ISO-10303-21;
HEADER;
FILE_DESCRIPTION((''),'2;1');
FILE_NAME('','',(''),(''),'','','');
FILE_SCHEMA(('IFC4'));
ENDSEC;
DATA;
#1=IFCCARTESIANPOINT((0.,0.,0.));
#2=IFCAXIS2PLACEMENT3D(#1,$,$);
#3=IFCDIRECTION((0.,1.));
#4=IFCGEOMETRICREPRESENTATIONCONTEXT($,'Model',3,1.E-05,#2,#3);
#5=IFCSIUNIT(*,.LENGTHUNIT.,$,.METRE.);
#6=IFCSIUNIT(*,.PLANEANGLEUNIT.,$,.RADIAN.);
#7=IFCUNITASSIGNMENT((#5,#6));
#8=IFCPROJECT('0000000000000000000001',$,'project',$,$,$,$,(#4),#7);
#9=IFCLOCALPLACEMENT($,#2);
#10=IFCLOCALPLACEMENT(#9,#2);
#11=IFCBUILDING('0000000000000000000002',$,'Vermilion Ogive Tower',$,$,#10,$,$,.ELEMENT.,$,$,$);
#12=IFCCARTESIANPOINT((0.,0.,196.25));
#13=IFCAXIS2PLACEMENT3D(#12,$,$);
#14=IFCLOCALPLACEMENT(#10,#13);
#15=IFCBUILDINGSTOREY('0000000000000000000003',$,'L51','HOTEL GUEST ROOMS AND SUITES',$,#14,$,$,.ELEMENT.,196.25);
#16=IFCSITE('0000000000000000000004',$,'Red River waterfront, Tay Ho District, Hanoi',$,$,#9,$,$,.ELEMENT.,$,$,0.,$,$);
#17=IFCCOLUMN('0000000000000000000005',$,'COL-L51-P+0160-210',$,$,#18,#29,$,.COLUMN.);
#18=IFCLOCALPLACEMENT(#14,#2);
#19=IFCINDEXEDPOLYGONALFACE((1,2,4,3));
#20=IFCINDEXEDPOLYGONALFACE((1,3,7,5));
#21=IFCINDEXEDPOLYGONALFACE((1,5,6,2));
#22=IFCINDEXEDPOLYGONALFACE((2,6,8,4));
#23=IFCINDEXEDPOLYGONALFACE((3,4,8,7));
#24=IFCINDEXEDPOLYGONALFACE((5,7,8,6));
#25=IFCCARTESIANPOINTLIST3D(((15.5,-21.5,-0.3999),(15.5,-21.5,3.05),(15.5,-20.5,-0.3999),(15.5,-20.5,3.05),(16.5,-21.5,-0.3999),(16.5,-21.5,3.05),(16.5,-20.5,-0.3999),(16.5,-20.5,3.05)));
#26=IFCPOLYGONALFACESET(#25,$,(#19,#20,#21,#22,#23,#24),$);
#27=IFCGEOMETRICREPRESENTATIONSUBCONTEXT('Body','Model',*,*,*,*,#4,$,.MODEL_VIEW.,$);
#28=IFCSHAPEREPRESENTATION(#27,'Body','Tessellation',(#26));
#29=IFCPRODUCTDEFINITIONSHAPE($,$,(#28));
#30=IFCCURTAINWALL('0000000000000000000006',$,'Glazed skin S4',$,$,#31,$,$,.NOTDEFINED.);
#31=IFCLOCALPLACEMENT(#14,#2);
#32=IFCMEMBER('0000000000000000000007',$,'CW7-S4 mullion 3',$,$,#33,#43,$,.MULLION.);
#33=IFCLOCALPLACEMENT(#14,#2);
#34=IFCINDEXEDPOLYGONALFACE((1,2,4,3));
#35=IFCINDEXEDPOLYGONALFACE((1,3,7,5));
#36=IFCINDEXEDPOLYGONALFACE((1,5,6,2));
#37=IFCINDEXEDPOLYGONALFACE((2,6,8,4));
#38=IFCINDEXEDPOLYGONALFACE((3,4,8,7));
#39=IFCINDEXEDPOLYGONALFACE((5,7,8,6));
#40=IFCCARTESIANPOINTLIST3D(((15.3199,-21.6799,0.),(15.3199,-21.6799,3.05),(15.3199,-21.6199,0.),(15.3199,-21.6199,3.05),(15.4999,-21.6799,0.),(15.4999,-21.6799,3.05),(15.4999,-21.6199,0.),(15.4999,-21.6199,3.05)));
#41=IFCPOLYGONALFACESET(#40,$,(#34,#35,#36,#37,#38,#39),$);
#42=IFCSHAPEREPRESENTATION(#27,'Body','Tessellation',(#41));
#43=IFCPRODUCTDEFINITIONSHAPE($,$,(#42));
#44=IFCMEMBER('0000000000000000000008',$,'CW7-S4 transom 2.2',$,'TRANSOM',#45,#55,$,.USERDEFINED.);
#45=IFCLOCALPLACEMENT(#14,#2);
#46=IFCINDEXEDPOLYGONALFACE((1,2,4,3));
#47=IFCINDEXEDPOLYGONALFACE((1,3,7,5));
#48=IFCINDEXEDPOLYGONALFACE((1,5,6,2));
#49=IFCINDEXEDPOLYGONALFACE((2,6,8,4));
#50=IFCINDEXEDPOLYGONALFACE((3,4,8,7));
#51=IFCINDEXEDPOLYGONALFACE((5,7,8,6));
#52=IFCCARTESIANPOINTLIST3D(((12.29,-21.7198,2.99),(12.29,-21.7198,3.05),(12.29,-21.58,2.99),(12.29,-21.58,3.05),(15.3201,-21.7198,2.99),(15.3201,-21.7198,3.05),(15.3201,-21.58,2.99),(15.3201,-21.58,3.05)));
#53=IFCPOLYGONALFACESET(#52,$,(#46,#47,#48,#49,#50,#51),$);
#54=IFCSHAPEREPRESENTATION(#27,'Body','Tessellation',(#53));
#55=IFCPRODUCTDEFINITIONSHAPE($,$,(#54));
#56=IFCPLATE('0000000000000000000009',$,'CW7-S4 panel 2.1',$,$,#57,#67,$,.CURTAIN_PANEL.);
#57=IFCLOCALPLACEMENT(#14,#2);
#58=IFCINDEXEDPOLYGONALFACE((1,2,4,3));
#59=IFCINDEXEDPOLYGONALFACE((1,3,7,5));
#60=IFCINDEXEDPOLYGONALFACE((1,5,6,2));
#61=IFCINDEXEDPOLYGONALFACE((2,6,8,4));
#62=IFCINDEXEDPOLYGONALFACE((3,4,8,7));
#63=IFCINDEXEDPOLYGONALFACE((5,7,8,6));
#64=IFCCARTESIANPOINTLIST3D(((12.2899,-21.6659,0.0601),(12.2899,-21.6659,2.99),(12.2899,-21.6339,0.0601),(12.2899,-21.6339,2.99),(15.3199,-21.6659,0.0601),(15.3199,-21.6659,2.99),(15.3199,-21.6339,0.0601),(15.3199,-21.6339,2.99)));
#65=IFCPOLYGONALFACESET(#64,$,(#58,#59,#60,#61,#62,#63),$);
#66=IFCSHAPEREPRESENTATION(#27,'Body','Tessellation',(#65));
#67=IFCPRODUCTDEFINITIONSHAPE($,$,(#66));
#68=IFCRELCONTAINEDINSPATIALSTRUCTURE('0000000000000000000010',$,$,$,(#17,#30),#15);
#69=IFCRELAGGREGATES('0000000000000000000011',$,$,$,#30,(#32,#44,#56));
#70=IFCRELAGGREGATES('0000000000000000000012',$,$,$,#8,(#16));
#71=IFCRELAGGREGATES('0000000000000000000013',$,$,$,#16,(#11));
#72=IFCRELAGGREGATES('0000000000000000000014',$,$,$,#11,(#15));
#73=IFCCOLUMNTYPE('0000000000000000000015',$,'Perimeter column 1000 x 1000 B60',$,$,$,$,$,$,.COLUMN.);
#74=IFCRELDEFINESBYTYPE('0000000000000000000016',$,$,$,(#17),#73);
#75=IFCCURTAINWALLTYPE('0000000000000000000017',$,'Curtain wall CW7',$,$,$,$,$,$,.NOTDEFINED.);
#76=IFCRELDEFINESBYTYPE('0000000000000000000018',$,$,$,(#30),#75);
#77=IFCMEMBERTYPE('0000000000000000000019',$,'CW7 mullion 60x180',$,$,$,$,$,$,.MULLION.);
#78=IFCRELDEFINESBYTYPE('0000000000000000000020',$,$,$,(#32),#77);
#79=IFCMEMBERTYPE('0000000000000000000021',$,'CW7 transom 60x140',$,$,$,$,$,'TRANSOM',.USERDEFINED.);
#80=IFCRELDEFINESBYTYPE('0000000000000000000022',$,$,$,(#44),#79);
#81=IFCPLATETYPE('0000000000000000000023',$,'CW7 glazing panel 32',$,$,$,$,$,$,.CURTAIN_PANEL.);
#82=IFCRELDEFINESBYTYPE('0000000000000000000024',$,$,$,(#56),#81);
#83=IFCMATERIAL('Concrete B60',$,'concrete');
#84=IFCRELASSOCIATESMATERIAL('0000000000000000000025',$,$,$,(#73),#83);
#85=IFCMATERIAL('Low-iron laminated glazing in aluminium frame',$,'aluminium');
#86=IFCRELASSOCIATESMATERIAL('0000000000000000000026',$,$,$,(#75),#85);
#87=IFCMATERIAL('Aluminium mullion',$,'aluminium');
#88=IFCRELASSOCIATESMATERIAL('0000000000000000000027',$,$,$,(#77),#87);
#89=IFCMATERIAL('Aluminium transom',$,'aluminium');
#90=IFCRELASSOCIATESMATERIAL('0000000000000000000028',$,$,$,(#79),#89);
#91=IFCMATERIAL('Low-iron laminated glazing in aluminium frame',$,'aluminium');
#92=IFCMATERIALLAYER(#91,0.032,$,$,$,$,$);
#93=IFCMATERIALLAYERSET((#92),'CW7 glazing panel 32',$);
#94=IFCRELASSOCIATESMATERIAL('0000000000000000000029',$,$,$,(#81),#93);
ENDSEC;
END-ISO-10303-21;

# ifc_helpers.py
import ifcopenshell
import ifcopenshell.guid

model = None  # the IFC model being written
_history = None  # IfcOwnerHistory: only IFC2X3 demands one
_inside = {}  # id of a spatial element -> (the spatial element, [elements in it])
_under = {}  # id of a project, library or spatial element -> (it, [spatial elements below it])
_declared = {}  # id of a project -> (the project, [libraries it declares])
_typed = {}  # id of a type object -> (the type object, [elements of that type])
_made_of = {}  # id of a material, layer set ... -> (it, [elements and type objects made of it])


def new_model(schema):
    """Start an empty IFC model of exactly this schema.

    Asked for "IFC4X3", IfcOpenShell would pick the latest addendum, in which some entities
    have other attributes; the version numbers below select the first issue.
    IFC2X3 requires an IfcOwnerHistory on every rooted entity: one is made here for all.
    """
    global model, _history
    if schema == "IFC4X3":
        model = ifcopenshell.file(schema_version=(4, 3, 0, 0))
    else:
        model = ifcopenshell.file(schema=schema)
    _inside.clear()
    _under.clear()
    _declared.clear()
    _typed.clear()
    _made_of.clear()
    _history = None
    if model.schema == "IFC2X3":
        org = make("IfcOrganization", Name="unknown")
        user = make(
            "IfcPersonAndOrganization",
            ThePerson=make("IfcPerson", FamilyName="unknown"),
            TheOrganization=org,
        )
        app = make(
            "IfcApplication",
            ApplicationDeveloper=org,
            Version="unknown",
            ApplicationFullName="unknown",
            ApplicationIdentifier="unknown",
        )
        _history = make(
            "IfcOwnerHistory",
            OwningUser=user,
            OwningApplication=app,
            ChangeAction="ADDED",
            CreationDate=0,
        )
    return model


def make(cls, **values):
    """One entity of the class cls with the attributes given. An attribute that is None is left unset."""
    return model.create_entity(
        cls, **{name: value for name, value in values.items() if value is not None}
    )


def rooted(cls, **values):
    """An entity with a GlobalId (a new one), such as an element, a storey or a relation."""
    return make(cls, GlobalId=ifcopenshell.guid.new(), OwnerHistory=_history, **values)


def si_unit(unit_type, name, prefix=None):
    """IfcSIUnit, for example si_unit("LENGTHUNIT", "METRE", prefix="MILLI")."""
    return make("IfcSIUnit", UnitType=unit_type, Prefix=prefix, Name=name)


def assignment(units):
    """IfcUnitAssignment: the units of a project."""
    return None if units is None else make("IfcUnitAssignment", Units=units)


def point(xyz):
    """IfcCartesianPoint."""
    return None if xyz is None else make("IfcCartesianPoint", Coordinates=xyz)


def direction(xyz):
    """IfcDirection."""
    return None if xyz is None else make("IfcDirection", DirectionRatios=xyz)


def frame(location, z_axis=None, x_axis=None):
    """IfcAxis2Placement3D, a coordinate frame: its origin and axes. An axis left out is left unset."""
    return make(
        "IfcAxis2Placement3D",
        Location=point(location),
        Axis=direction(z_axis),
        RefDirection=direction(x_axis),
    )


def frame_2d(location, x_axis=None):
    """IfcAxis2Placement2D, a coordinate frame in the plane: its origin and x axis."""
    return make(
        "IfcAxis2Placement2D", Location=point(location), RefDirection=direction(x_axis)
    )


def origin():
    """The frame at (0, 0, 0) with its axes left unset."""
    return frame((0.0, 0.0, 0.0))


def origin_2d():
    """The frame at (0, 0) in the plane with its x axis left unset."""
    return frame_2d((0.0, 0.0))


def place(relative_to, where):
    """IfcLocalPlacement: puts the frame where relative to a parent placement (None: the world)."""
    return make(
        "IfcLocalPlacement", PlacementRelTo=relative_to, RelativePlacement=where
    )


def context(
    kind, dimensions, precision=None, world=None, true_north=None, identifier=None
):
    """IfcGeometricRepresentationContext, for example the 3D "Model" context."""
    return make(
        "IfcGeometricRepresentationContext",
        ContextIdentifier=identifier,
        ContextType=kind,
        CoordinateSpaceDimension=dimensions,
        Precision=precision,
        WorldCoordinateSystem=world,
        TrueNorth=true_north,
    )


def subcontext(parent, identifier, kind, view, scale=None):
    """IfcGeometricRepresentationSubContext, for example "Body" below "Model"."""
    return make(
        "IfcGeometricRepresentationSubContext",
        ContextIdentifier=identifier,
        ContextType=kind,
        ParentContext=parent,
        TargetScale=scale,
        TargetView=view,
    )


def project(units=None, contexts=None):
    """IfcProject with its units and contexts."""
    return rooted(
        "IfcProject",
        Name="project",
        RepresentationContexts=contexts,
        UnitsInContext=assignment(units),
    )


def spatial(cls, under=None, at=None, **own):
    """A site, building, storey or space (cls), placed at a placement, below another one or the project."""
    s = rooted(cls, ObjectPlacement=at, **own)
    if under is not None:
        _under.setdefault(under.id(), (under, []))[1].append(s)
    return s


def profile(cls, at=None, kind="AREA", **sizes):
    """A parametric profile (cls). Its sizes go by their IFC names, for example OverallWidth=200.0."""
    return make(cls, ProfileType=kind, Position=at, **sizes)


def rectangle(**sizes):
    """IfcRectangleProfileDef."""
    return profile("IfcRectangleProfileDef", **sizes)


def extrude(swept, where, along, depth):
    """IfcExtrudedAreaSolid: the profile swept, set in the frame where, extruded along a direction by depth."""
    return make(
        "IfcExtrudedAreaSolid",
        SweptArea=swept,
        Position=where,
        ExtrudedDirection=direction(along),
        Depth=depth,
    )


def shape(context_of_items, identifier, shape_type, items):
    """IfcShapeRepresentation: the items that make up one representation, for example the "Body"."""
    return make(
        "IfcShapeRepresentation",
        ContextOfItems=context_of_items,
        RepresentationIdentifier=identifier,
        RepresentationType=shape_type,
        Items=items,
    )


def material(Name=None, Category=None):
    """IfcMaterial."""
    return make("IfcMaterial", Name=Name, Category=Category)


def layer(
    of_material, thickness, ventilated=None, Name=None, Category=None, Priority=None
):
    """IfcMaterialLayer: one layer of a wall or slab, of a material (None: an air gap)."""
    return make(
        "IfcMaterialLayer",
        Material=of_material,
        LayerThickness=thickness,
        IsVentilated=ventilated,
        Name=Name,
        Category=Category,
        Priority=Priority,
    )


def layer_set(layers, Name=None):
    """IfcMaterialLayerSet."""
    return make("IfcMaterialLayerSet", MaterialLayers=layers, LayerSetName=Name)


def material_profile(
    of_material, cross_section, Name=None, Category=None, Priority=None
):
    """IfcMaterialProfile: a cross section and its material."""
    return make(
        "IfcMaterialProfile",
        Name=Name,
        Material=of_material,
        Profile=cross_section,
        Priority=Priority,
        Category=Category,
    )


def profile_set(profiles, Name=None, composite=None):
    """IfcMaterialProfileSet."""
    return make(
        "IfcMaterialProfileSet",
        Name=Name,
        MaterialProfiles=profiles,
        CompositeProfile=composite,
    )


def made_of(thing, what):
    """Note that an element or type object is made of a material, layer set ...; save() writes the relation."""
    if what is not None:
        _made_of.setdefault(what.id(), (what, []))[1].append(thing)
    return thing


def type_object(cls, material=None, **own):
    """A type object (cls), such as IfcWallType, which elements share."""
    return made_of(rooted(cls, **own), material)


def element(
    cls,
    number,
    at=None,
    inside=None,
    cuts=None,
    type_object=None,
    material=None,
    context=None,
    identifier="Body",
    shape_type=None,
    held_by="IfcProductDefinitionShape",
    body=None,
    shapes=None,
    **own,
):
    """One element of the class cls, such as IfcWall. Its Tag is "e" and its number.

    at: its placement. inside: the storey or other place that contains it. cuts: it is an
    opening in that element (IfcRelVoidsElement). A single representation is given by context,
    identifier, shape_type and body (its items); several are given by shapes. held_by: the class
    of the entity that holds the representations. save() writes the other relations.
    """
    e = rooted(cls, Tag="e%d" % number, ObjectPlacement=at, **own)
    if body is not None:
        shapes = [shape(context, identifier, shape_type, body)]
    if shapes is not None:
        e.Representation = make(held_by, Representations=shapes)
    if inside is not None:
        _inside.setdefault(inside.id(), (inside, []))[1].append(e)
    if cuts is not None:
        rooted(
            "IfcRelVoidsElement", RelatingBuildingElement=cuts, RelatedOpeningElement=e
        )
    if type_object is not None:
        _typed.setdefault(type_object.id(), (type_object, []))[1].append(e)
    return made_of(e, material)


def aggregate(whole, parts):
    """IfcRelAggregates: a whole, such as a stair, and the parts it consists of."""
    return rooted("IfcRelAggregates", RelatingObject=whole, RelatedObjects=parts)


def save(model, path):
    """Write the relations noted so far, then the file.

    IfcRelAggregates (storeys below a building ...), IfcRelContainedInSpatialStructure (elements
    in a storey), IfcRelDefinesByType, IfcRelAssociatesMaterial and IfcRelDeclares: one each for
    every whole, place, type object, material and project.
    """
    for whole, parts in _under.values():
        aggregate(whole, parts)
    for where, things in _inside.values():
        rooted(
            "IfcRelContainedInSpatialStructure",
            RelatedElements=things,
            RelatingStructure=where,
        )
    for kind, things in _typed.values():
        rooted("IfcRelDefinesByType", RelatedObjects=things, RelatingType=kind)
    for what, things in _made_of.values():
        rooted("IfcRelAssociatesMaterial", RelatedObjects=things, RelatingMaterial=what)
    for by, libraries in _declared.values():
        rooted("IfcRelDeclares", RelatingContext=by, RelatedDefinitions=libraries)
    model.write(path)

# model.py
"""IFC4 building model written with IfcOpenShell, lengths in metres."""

from ifc_helpers import new_model, si_unit, direction, frame, origin, origin_2d, place, context, subcontext, project, spatial, rectangle, extrude, material, layer, layer_set, material_profile, profile_set, type_object, element, aggregate, save


model = new_model("IFC4")

# Units and contexts
model_context = context("Model", 3, precision=1e-05, world=origin(), true_north=direction((0.0, 1.0)))
body_context = subcontext(model_context, "Body", "Model", "MODEL_VIEW")
ifc_project = project(units=[si_unit("LENGTHUNIT", "METRE"), si_unit("PLANEANGLEUNIT", "RADIAN")], contexts=[model_context])

# Site, building, storey
site_placement = place(None, origin())
site = spatial("IfcSite", under=ifc_project, at=site_placement, Name="Red River waterfront, Tay Ho District, Hanoi", CompositionType="ELEMENT", RefElevation=0.0)
building_placement = place(site_placement, origin())
building = spatial("IfcBuilding", under=site, at=building_placement, Name="Vermilion Ogive Tower", CompositionType="ELEMENT")
storey_placement = place(building_placement, frame((0.0, 0.0, 196.25)))
storey = spatial("IfcBuildingStorey", under=building, at=storey_placement, Name="L51", Description="HOTEL GUEST ROOMS AND SUITES", CompositionType="ELEMENT", Elevation=196.25)

# Column
ifc_material_1 = material(Name="Concrete B60", Category="concrete")
ifc_material_profile_1 = material_profile(ifc_material_1, rectangle(XDim=1.0, YDim=1.0, at=origin_2d()), Name="1000 x 1000")
ifc_profile_set_1 = profile_set([ifc_material_profile_1], Name="Concrete B60")
column_type = type_object("IfcColumnType", Name="Perimeter column 1000 x 1000 B60", PredefinedType="COLUMN", material=ifc_profile_set_1)
column_placement = place(storey_placement, frame((16.0, -21.0, -0.3999), z_axis=(0.0, 0.0, 1.0), x_axis=(1.0, 0.0, 0.0)))
element("IfcColumn", 1, at=column_placement, inside=storey, type_object=column_type, Name="COL-L51-P+0160-210", PredefinedType="COLUMN", context=body_context, shape_type="SweptSolid", body=[
    extrude(rectangle(XDim=1.0, YDim=1.0, at=origin_2d()), origin(), (0.0, 0.0, 1.0), 3.45),
])

# Curtain wall, members, plate
ifc_material_2 = material(Name="Low-iron laminated glazing in aluminium frame", Category="aluminium")
curtain_wall_type = type_object("IfcCurtainWallType", Name="Curtain wall CW7", PredefinedType="NOTDEFINED", material=ifc_material_2)
curtain_wall_placement = place(storey_placement, origin())
curtain_wall = element("IfcCurtainWall", 2, at=curtain_wall_placement, inside=storey, type_object=curtain_wall_type, Name="Glazed skin S4", PredefinedType="NOTDEFINED")
ifc_material_3 = material(Name="Aluminium mullion", Category="aluminium")
ifc_material_profile_2 = material_profile(ifc_material_3, rectangle(XDim=0.0601, YDim=0.1799, at=origin_2d()), Name="AL 60x180")
ifc_profile_set_2 = profile_set([ifc_material_profile_2], Name="Aluminium mullion")
member_type_1 = type_object("IfcMemberType", Name="CW7 mullion 60x180", PredefinedType="MULLION", material=ifc_profile_set_2)
member_1_placement = place(storey_placement, frame((15.4099, -21.6499, 0.0), z_axis=(0.0, 0.0, 1.0), x_axis=(0.0, 1.0, 0.0)))
member_1 = element("IfcMember", 3, at=member_1_placement, type_object=member_type_1, Name="CW7-S4 mullion 3", PredefinedType="MULLION", context=body_context, shape_type="SweptSolid", body=[
    extrude(rectangle(XDim=0.0601, YDim=0.1799, at=origin_2d()), origin(), (0.0, 0.0, 1.0), 3.05),
])
ifc_material_4 = material(Name="Aluminium transom", Category="aluminium")
ifc_material_profile_3 = material_profile(ifc_material_4, rectangle(XDim=0.1399, YDim=0.0601, at=origin_2d()), Name="AL 60x140")
ifc_profile_set_3 = profile_set([ifc_material_profile_3], Name="Aluminium transom")
member_type_2 = type_object("IfcMemberType", Name="CW7 transom 60x140", ElementType="TRANSOM", PredefinedType="USERDEFINED", material=ifc_profile_set_3)
member_2_placement = place(storey_placement, frame((12.29, -21.6499, 3.02), z_axis=(1.0, 0.0, 0.0), x_axis=(0.0, 1.0, 0.0)))
member_2 = element("IfcMember", 4, at=member_2_placement, type_object=member_type_2, Name="CW7-S4 transom 2.2", ObjectType="TRANSOM", PredefinedType="USERDEFINED", context=body_context, shape_type="SweptSolid", body=[
    extrude(rectangle(XDim=0.1399, YDim=0.0601, at=origin_2d()), origin(), (0.0, 0.0, 1.0), 3.03),
])
ifc_material_5 = material(Name="Low-iron laminated glazing in aluminium frame", Category="aluminium")
ifc_layer_1 = layer(ifc_material_5, 0.032)
ifc_layer_set_1 = layer_set([ifc_layer_1], Name="CW7 glazing panel 32")
plate_type = type_object("IfcPlateType", Name="CW7 glazing panel 32", PredefinedType="CURTAIN_PANEL", material=ifc_layer_set_1)
plate_placement = place(storey_placement, frame((13.8049, -21.6499, 0.0601), z_axis=(0.0, 0.0, 1.0), x_axis=(1.0, 0.0, 0.0)))
plate = element("IfcPlate", 5, at=plate_placement, type_object=plate_type, Name="CW7-S4 panel 2.1", PredefinedType="CURTAIN_PANEL", context=body_context, shape_type="SweptSolid", body=[
    extrude(rectangle(XDim=3.03, YDim=0.032, at=origin_2d()), origin(), (0.0, 0.0, 1.0), 2.9299),
])
aggregate(curtain_wall, [member_1, member_2, plate])

save(model, "model.ifc")
